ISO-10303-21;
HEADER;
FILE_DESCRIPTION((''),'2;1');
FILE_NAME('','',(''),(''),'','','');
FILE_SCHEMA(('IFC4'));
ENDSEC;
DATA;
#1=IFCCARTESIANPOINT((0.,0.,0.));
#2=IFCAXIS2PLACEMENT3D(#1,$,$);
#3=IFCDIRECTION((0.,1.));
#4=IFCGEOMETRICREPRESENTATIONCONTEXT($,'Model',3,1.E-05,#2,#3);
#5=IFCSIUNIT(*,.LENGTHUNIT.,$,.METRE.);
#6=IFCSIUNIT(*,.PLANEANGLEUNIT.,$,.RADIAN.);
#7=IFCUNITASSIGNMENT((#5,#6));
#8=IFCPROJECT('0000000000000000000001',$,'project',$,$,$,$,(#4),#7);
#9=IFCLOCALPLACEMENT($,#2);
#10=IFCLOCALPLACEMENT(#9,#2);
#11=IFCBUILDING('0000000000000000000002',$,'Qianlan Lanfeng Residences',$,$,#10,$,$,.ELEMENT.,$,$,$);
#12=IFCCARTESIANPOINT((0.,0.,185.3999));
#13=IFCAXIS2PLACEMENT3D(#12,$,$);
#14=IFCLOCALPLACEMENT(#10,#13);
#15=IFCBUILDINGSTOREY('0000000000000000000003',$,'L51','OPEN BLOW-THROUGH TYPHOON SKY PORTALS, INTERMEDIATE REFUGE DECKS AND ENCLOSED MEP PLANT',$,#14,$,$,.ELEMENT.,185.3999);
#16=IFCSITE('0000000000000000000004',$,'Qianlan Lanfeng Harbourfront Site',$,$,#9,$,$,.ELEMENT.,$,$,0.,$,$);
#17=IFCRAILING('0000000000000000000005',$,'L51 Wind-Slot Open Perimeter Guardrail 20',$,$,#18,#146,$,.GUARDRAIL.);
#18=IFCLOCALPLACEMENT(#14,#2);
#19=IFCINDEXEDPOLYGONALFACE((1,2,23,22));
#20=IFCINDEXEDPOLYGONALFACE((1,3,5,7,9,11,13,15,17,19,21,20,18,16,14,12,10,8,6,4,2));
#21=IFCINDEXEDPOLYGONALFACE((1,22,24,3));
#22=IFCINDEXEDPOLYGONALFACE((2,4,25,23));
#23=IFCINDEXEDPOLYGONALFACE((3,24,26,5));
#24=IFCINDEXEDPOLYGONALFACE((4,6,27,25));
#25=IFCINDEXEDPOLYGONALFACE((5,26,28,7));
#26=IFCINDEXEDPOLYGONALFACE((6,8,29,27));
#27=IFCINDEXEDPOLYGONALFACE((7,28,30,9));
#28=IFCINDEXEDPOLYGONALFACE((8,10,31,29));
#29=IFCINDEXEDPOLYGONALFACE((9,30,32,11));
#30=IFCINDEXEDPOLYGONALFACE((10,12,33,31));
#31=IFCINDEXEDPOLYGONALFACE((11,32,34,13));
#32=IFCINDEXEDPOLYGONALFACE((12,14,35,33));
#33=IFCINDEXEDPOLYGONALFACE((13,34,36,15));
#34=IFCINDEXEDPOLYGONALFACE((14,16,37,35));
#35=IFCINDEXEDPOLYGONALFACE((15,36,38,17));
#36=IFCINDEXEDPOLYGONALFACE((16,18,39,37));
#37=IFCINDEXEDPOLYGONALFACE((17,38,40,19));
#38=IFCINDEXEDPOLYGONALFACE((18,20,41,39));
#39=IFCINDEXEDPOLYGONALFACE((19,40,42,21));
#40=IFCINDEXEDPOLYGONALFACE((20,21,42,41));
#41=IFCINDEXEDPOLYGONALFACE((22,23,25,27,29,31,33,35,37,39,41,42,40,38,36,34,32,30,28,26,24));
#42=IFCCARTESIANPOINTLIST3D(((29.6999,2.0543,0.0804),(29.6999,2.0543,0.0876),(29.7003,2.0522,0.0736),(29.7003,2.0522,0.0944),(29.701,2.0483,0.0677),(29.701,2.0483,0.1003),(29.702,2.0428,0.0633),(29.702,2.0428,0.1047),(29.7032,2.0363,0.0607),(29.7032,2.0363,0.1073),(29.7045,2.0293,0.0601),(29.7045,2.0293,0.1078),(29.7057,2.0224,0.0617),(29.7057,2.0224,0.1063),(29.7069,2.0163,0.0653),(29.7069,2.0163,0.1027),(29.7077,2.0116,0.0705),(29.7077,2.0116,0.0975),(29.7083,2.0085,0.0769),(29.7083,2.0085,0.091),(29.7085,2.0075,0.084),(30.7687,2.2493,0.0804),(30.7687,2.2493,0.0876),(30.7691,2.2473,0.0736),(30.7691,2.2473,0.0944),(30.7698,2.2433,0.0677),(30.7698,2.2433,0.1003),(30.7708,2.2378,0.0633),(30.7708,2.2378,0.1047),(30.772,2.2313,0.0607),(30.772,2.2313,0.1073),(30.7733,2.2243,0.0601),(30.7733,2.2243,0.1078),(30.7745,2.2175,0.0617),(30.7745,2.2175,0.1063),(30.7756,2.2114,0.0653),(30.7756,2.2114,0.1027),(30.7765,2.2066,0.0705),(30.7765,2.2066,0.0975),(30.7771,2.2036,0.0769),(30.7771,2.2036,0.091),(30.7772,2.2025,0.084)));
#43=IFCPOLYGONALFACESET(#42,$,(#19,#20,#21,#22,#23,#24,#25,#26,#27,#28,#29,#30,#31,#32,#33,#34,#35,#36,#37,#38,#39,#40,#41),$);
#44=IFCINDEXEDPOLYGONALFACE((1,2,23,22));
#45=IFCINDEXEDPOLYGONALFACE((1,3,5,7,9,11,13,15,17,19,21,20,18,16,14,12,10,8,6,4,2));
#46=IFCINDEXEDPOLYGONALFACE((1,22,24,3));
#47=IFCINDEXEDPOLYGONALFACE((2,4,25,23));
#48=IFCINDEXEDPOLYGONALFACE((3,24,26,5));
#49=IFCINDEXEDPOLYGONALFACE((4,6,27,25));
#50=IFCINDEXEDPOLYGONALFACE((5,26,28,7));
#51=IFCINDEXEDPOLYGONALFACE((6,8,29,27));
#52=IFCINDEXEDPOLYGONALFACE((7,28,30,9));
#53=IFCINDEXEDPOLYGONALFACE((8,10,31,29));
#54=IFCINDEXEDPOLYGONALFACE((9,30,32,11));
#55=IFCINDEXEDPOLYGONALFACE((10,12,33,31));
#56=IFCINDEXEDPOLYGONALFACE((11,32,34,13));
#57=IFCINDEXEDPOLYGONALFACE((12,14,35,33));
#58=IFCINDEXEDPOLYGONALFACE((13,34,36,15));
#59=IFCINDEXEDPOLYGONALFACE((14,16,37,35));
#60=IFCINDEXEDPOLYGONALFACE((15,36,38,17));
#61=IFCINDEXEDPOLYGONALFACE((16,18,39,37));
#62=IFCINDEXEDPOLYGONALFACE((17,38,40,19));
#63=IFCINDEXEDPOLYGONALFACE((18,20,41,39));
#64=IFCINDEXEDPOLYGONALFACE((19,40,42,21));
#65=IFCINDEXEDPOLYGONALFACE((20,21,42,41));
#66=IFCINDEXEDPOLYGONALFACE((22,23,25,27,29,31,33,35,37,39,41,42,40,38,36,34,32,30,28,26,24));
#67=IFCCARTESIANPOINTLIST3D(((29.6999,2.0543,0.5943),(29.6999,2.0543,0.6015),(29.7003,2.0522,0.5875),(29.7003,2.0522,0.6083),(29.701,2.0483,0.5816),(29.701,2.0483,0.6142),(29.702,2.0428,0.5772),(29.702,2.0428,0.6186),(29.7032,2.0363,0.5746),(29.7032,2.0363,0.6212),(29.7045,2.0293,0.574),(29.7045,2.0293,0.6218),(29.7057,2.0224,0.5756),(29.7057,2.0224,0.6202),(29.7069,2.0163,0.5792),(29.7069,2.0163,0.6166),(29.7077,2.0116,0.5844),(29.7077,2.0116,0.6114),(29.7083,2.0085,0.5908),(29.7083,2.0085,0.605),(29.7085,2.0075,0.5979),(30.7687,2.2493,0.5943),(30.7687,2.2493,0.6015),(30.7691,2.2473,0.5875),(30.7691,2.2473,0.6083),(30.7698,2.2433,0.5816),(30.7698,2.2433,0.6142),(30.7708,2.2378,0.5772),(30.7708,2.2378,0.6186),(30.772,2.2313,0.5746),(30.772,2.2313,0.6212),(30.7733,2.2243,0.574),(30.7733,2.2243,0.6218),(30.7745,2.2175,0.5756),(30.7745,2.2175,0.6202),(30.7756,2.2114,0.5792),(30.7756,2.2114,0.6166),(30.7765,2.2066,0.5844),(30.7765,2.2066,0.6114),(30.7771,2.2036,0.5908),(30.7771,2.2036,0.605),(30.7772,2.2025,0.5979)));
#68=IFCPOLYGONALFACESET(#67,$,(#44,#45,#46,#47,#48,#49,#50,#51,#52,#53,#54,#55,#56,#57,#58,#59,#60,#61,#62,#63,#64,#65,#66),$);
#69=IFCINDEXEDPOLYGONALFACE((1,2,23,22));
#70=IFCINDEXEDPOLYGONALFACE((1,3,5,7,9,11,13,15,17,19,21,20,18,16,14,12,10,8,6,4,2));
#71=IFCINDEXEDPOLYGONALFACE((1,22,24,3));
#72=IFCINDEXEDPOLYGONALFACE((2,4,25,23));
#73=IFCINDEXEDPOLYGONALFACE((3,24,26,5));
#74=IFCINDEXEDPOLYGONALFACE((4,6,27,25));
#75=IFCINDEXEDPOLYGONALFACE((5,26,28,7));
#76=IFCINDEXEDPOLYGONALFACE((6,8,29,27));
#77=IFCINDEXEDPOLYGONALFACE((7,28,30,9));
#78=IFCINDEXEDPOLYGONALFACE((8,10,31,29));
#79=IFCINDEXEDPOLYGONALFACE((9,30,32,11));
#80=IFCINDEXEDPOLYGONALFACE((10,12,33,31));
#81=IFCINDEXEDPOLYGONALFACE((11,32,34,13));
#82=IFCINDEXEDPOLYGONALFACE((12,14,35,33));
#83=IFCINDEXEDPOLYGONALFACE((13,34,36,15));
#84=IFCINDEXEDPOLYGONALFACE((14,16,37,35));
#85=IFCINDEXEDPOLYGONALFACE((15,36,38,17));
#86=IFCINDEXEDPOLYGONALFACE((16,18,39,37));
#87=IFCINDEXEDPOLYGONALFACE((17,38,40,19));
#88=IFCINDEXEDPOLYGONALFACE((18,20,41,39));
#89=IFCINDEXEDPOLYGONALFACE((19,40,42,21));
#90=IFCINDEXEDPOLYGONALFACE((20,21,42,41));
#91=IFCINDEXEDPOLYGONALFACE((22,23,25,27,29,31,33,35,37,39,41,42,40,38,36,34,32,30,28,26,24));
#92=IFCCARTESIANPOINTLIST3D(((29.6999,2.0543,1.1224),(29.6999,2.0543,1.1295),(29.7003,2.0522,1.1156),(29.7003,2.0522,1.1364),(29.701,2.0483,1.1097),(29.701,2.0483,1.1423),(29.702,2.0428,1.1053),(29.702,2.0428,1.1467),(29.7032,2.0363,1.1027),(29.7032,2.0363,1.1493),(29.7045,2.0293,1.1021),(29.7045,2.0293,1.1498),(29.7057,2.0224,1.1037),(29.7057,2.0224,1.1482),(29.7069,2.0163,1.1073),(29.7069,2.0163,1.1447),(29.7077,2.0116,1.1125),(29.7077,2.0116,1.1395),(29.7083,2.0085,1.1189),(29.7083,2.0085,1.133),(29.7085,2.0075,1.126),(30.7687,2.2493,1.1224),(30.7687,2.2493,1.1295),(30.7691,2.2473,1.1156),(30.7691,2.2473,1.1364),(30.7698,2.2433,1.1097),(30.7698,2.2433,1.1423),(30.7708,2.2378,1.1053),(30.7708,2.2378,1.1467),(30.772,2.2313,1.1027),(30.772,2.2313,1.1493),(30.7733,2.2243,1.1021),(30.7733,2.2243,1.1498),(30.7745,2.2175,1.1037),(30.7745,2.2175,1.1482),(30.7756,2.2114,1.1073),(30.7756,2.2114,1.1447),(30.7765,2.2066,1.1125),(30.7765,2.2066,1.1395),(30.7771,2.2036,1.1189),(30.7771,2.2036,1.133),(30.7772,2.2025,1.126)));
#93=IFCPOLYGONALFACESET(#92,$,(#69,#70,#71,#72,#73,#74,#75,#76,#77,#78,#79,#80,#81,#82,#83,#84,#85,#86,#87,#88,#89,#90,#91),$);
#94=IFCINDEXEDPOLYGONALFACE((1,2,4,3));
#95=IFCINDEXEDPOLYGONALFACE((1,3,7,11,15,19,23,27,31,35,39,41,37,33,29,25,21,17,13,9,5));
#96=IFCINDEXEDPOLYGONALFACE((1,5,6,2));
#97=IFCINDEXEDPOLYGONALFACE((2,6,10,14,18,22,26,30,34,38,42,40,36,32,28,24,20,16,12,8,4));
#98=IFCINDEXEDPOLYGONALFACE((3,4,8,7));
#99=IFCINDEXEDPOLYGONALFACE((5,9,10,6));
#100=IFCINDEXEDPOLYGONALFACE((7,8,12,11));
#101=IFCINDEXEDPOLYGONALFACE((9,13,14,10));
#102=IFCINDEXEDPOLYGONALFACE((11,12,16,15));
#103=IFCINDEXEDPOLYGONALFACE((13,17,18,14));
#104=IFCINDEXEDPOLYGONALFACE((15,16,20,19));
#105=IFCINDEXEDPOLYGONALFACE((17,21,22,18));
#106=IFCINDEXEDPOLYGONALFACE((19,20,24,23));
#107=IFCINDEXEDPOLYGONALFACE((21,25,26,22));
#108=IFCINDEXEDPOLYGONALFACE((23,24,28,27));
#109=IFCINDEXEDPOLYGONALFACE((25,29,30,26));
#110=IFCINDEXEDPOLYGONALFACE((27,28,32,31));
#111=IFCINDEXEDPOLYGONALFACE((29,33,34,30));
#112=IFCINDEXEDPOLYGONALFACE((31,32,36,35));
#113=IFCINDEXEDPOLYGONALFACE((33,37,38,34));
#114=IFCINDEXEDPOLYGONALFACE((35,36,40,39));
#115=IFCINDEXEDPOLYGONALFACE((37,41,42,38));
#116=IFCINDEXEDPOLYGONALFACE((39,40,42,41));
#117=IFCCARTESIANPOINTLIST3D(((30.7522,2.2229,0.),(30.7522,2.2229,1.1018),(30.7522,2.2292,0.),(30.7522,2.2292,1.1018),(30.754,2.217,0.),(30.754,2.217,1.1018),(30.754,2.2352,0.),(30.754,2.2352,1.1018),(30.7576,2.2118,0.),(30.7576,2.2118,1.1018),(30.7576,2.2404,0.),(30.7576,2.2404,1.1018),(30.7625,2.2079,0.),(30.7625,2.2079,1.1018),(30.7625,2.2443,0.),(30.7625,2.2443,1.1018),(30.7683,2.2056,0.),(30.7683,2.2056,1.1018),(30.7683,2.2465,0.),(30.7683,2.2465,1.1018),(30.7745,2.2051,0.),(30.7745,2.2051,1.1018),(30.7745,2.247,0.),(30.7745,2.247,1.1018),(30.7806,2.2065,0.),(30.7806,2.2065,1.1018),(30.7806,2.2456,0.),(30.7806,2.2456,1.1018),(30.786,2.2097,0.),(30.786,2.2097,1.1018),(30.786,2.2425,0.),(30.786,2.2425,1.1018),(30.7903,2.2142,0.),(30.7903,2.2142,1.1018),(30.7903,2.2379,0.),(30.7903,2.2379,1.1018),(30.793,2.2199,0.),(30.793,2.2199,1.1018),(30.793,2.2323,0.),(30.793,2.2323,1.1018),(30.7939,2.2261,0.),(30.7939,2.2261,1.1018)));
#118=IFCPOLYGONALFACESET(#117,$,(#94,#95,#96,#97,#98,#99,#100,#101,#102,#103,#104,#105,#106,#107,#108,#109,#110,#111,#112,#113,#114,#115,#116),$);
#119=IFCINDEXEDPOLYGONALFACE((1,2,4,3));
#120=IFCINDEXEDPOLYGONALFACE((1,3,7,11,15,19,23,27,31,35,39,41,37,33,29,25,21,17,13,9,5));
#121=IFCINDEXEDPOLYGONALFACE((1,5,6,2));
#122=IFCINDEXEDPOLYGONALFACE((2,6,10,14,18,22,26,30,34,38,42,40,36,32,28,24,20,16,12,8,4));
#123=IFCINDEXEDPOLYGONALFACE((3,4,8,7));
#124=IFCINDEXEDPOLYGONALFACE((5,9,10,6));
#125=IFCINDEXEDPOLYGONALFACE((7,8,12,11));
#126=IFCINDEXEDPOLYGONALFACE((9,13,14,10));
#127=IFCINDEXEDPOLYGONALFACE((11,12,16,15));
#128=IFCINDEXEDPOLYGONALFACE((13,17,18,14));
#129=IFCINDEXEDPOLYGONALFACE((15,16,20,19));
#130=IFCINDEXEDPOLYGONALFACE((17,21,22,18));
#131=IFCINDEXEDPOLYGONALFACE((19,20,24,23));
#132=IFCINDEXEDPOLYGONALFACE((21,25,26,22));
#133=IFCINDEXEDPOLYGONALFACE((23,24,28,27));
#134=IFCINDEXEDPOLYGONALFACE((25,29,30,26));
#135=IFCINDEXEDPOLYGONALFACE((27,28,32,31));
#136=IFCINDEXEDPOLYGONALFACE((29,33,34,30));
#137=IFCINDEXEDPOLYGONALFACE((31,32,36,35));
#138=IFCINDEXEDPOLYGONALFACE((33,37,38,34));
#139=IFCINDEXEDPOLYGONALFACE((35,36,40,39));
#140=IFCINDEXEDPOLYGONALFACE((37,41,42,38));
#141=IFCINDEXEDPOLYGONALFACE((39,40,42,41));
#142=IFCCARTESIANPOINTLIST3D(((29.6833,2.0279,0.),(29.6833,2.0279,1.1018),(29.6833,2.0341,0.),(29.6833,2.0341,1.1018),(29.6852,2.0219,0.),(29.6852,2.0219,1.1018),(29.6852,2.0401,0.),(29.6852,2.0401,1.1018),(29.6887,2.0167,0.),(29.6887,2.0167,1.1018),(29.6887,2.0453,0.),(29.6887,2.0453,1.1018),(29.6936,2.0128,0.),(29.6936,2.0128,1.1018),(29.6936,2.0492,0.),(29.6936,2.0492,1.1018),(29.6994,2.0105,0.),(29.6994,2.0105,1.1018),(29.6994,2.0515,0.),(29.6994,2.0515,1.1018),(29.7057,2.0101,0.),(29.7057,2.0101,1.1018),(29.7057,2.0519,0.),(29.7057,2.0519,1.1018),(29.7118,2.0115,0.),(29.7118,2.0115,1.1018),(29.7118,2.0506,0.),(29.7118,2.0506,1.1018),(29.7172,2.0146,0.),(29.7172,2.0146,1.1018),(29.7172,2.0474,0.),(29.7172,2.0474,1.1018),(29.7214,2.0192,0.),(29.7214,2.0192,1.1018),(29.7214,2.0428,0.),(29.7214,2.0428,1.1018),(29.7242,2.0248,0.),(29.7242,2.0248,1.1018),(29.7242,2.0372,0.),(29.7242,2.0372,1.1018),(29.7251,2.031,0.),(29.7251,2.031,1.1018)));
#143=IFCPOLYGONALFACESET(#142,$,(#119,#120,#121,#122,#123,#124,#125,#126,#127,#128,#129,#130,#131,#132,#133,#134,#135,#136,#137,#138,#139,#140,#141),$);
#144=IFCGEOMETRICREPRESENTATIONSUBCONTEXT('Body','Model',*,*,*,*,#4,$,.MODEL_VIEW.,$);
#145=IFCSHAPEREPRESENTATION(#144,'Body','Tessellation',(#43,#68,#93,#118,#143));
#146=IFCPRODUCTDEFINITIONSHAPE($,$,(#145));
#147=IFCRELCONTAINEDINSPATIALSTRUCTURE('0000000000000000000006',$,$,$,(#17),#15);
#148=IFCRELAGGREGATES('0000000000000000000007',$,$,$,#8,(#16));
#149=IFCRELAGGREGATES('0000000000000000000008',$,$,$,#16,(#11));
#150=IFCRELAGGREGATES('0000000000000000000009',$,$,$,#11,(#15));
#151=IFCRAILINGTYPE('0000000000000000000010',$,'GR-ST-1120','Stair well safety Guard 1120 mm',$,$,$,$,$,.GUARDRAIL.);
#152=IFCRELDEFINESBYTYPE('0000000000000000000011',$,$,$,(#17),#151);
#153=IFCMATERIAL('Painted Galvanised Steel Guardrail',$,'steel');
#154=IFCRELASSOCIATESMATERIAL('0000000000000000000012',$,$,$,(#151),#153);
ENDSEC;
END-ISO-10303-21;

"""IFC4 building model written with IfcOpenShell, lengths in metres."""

from ifc_helpers import new_model, si_unit, direction, frame, origin, origin_2d, place, context, subcontext, project, spatial, circle, extrude, material, type_object, element, save


model = new_model("IFC4")

# Units and contexts
model_context = context("Model", 3, precision=1e-05, world=origin(), true_north=direction((0.0, 1.0)))
body_context = subcontext(model_context, "Body", "Model", "MODEL_VIEW")
ifc_project = project(units=[si_unit("LENGTHUNIT", "METRE"), si_unit("PLANEANGLEUNIT", "RADIAN")], contexts=[model_context])

# Site, building, storey
site_placement = place(None, origin())
site = spatial("IfcSite", under=ifc_project, at=site_placement, Name="Qianlan Lanfeng Harbourfront Site", CompositionType="ELEMENT", RefElevation=0.0)
building_placement = place(site_placement, origin())
building = spatial("IfcBuilding", under=site, at=building_placement, Name="Qianlan Lanfeng Residences", CompositionType="ELEMENT")
storey_placement = place(building_placement, frame((0.0, 0.0, 185.3999)))
storey = spatial("IfcBuildingStorey", under=building, at=storey_placement, Name="L51", Description="OPEN BLOW-THROUGH TYPHOON SKY PORTALS, INTERMEDIATE REFUGE DECKS AND ENCLOSED MEP PLANT", CompositionType="ELEMENT", Elevation=185.3999)

# Railing
ifc_material_1 = material(Name="Painted Galvanised Steel Guardrail", Category="steel")
railing_type = type_object("IfcRailingType", Name="GR-ST-1120", Description="Stair well safety Guard 1120 mm", PredefinedType="GUARDRAIL", material=ifc_material_1)
railing_1_placement = place(storey_placement, frame((30.7729, 2.2261, 0.0)))
element("IfcRailing", 1, at=railing_1_placement, inside=storey, type_object=railing_type, Name="L51 Wind-Slot Open Perimeter Guardrail 20", PredefinedType="GUARDRAIL", context=body_context, shape_type="SweptSolid", body=[
    extrude(circle(Radius=0.0239, at=origin_2d()), frame((0.0, 0.0, 0.084), z_axis=(-0.983751, -0.179538, 0.0), x_axis=(0.179538, -0.983751, 0.0)), (0.0, 0.0, 1.0), 1.0864),
    extrude(circle(Radius=0.0239, at=origin_2d()), frame((0.0, 0.0, 0.5979), z_axis=(-0.983751, -0.179538, 0.0), x_axis=(0.179538, -0.983751, 0.0)), (0.0, 0.0, 1.0), 1.0864),
    extrude(circle(Radius=0.0239, at=origin_2d()), frame((0.0, 0.0, 1.126), z_axis=(-0.983751, -0.179538, 0.0), x_axis=(0.179538, -0.983751, 0.0)), (0.0, 0.0, 1.0), 1.0864),
    extrude(circle(Radius=0.021, at=origin_2d()), origin(), (0.0, 0.0, 1.0), 1.1018),
    extrude(circle(Radius=0.021, at=origin_2d()), frame((-1.0688, -0.1951, 0.0)), (0.0, 0.0, 1.0), 1.1018),
])

save(model, "model.ifc")
